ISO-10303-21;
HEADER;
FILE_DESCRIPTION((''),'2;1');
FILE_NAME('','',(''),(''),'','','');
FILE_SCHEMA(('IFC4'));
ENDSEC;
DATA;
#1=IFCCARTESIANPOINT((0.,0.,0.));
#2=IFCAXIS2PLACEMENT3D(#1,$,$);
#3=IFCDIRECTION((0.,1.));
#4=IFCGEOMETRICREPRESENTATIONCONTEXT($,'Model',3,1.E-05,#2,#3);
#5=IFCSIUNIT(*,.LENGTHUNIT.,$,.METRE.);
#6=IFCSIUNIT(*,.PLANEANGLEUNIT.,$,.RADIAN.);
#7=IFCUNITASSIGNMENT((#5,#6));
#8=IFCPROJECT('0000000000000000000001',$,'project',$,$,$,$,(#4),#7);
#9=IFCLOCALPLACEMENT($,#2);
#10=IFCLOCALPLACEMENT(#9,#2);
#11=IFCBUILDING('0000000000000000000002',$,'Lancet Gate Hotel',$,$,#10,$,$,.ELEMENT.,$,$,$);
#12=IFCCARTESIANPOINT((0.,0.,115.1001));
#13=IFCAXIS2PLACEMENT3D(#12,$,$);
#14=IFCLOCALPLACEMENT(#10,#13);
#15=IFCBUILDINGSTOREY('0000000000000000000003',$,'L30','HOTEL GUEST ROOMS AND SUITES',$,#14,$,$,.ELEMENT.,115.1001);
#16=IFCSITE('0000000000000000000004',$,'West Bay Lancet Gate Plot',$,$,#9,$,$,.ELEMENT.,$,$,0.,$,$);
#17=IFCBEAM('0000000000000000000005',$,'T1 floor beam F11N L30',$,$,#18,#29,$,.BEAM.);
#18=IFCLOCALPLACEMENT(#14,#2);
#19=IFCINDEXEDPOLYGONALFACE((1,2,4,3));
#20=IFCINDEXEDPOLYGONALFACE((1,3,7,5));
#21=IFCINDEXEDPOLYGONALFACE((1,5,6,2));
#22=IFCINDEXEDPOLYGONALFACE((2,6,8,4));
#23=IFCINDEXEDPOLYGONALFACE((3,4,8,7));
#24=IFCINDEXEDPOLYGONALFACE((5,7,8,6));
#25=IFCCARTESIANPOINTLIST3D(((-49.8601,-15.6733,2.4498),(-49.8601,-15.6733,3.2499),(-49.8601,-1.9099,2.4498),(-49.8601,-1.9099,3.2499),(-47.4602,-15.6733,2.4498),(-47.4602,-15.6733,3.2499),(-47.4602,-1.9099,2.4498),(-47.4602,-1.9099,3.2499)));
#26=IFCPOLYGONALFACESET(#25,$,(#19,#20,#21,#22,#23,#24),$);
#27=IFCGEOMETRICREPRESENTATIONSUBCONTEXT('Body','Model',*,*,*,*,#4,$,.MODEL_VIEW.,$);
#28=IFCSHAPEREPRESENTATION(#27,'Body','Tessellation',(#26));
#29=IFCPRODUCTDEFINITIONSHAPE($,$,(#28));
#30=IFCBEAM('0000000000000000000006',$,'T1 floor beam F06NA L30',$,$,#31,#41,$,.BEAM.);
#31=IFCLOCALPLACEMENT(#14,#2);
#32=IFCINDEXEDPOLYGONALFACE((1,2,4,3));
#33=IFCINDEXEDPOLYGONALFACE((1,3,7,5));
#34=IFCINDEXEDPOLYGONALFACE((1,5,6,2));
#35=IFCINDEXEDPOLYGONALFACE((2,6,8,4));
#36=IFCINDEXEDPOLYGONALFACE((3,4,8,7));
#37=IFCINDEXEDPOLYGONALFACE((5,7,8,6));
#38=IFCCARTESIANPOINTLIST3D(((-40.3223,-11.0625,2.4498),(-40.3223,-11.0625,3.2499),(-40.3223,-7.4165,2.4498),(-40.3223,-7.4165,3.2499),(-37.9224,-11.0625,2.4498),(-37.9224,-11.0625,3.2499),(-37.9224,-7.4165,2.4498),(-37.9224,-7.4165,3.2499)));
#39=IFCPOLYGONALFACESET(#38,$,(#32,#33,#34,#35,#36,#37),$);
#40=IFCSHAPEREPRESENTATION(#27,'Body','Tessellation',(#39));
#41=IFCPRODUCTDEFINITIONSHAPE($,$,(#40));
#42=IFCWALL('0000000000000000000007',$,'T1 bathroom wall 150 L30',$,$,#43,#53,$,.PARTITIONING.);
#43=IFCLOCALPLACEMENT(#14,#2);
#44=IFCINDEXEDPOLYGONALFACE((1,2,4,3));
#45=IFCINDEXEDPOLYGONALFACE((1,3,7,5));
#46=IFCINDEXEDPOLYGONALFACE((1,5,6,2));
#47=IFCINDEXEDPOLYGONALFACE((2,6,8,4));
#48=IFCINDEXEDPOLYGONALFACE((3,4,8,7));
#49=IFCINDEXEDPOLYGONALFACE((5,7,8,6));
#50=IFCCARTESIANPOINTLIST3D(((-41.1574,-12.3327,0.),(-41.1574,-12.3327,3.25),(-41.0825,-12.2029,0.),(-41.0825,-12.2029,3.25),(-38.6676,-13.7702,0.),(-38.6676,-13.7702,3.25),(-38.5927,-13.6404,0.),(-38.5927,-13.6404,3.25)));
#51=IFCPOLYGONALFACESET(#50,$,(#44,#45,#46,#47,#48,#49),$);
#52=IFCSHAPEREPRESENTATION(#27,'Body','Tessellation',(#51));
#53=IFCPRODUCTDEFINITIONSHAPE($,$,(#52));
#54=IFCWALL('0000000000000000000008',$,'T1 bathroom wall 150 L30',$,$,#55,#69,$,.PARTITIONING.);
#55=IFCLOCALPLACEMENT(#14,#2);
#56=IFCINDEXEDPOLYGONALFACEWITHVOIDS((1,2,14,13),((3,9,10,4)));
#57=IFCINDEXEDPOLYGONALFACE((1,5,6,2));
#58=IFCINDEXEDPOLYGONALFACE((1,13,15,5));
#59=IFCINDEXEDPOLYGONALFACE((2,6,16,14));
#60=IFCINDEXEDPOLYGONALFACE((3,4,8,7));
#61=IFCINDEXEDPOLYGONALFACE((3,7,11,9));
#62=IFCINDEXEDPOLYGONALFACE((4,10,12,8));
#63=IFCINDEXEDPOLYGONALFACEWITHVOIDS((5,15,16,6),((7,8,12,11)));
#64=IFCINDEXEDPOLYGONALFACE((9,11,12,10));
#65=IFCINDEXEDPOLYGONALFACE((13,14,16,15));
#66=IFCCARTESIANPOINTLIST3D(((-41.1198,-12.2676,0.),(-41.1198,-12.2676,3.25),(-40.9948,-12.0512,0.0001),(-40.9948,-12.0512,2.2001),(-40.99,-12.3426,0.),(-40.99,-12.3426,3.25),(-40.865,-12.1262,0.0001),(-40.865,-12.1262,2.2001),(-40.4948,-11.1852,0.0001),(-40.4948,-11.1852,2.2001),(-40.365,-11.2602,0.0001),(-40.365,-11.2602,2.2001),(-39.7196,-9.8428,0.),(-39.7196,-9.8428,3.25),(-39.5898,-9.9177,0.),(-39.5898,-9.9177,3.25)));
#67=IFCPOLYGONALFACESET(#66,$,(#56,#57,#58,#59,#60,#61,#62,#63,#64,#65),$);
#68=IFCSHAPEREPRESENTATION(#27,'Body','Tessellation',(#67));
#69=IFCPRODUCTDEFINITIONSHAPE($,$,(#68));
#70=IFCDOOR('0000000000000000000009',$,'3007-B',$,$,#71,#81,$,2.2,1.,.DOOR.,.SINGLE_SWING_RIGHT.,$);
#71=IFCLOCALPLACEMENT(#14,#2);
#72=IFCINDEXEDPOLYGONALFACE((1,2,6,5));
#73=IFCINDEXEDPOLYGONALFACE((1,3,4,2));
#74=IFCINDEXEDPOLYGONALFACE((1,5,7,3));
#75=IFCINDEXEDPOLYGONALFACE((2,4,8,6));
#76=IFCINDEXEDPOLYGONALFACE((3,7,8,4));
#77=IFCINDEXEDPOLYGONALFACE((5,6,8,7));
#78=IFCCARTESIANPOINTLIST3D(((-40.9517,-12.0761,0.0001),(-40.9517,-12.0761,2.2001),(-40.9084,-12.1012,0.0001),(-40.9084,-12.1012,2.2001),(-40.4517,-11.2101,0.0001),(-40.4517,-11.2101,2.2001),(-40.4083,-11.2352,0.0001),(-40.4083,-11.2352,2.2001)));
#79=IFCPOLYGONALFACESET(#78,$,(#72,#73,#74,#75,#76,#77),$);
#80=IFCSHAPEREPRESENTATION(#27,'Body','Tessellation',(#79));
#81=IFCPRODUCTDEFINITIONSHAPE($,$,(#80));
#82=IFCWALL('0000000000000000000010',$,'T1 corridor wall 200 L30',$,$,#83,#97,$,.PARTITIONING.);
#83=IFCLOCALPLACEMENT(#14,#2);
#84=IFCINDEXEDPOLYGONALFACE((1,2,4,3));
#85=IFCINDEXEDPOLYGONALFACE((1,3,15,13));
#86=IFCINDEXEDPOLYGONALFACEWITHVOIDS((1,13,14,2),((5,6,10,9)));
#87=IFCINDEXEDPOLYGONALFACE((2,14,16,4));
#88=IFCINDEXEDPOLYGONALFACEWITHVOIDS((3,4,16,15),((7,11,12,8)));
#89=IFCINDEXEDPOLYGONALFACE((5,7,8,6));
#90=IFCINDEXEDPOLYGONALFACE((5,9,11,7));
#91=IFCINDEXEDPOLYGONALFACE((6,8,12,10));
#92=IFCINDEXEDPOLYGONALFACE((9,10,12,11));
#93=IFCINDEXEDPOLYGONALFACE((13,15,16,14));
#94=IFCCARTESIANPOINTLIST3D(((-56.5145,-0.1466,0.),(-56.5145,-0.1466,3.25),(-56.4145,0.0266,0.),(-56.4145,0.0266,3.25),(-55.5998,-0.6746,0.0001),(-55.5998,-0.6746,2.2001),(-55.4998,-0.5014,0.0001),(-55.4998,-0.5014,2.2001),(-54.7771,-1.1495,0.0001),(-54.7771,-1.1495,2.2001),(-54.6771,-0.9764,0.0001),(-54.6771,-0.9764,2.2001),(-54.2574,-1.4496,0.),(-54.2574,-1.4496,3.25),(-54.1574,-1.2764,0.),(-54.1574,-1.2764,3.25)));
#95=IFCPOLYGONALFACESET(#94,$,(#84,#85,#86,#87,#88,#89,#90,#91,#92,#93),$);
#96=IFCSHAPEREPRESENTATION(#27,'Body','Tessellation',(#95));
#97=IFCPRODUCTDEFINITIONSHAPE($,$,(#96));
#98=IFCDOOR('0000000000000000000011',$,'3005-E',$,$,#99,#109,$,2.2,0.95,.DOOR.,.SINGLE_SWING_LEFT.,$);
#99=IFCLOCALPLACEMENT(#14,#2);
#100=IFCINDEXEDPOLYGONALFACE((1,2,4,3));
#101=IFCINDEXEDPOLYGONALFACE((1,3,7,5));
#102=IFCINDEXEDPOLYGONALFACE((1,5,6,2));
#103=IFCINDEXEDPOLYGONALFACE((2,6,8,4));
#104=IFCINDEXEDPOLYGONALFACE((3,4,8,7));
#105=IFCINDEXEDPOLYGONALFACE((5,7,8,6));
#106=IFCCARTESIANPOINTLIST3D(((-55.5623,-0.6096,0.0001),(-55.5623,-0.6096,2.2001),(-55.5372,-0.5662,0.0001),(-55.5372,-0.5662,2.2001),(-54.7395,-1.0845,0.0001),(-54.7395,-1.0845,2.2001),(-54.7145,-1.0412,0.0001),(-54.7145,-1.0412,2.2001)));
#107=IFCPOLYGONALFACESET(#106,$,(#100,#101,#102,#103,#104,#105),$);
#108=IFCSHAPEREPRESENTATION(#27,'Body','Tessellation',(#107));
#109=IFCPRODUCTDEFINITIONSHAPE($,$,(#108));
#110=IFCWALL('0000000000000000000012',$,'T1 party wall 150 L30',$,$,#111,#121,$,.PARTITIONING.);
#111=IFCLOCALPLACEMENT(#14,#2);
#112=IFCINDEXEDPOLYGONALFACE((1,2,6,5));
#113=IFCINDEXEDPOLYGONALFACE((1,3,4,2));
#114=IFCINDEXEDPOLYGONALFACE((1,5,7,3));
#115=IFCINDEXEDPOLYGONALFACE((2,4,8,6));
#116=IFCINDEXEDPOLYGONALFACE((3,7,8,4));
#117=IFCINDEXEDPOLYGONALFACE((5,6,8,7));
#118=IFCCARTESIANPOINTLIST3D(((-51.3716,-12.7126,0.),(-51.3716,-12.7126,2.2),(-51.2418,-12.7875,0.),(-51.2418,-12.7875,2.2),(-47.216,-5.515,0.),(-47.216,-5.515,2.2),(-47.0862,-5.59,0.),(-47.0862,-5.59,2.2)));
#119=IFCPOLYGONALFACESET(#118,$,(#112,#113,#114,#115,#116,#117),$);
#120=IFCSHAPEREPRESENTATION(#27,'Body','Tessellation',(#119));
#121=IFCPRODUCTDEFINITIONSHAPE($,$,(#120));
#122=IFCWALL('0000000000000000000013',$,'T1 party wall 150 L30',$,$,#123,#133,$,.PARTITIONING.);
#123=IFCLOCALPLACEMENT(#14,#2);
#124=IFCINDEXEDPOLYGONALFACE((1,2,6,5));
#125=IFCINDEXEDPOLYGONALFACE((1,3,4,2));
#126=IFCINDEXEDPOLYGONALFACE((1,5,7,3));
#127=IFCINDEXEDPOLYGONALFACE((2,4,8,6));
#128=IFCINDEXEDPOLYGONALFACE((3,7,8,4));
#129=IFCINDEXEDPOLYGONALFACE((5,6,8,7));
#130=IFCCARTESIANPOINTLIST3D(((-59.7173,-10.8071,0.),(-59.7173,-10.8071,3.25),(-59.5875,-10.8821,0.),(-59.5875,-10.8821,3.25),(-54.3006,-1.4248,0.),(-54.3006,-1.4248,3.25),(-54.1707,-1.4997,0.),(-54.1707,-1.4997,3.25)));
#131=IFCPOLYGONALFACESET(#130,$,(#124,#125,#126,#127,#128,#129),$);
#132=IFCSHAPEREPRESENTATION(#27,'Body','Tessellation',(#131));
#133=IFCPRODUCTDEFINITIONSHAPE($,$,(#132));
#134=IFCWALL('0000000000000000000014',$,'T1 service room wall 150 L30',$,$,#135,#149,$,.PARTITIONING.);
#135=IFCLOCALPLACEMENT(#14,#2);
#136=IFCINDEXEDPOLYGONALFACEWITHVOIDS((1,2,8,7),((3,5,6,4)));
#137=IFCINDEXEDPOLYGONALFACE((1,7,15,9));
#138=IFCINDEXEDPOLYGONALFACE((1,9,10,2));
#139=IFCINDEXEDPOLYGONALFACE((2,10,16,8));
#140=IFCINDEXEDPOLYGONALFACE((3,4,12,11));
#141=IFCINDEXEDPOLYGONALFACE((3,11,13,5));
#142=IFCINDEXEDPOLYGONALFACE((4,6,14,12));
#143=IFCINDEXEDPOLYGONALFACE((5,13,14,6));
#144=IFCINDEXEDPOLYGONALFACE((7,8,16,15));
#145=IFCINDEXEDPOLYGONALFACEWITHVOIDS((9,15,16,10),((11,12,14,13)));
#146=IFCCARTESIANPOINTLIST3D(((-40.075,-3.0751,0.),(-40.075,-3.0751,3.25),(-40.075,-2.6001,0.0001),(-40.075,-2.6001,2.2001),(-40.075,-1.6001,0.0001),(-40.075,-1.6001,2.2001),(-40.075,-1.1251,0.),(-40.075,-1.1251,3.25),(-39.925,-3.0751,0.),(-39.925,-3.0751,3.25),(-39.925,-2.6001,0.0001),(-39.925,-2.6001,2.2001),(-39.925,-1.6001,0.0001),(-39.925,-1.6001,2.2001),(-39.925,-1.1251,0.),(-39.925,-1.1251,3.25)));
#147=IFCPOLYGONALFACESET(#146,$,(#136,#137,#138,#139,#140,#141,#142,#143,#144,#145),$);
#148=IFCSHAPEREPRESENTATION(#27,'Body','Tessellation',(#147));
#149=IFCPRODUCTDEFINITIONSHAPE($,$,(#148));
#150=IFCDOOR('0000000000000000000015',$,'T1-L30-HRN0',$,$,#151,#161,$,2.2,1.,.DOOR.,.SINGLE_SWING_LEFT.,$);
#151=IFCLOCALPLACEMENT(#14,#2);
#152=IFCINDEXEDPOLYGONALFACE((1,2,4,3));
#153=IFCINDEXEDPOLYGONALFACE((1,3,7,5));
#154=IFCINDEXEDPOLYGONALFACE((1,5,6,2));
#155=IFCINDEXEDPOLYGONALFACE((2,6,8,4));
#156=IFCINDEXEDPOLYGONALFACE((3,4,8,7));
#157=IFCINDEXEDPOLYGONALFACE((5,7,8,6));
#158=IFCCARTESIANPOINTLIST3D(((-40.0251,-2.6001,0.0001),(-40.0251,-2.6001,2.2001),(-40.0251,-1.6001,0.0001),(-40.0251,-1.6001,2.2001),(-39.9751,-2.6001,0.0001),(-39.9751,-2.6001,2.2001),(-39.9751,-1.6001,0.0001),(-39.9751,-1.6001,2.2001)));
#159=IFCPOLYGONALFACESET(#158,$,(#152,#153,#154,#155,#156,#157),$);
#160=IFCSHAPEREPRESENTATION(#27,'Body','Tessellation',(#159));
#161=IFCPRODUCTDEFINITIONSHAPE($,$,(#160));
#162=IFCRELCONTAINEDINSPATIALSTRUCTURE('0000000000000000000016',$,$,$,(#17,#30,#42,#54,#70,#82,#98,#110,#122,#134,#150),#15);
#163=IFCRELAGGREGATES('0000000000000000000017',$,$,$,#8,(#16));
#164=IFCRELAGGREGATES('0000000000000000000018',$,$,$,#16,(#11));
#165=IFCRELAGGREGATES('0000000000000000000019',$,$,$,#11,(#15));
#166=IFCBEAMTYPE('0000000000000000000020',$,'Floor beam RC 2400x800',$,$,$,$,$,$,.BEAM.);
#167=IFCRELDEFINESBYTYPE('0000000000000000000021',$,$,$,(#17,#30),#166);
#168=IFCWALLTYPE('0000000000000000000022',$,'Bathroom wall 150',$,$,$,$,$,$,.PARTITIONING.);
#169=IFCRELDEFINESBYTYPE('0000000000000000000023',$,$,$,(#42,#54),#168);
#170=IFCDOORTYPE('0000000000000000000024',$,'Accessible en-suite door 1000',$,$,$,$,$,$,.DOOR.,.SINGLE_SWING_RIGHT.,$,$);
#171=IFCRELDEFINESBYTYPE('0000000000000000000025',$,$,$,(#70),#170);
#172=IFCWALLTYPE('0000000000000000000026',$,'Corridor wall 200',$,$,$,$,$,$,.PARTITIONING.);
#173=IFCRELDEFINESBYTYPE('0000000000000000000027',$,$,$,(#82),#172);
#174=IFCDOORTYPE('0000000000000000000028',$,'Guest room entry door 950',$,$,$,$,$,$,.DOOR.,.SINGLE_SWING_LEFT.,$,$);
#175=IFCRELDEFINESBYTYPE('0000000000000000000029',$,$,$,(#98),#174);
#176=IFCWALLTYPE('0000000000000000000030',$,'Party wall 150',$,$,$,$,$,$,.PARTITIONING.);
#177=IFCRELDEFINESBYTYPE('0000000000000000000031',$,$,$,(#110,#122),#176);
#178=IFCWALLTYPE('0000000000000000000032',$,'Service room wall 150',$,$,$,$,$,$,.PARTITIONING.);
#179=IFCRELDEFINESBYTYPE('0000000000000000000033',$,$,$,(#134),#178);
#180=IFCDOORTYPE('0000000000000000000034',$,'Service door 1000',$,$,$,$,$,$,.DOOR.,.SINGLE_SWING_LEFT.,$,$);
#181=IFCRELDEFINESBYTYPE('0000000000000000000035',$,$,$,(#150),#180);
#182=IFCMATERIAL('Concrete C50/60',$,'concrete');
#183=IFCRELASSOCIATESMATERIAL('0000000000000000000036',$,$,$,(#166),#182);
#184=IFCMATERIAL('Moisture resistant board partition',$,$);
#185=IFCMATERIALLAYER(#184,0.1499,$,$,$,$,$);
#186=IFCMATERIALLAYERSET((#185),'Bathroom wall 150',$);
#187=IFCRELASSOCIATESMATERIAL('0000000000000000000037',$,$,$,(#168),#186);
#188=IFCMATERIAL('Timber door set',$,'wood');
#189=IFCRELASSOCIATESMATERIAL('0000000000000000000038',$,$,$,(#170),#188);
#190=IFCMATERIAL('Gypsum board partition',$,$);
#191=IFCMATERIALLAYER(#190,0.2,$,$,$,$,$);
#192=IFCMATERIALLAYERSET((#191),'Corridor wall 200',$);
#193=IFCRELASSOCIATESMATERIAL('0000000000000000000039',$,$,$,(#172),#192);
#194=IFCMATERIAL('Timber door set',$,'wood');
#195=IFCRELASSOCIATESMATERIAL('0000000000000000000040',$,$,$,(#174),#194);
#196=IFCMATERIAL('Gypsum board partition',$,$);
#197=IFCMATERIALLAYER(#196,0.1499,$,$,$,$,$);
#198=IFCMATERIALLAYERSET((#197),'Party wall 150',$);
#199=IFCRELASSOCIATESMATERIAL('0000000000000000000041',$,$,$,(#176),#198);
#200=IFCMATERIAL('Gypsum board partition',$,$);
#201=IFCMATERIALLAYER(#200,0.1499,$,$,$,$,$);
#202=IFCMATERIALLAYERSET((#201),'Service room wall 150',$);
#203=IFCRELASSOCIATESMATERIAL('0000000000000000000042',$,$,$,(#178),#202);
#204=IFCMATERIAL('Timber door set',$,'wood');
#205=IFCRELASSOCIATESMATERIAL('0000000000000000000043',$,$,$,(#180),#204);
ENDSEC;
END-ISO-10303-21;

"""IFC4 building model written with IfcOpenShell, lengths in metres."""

from ifc_helpers import new_model, si_unit, direction, frame, frame_2d, origin, origin_2d, place, context, subcontext, project, spatial, rectangle, extrude, material, layer, layer_set, material_profile, profile_set, type_object, element, fill, save


model = new_model("IFC4")

# Units and contexts
model_context = context("Model", 3, precision=1e-05, world=origin(), true_north=direction((0.0, 1.0)))
body_context = subcontext(model_context, "Body", "Model", "MODEL_VIEW")
ifc_project = project(units=[si_unit("LENGTHUNIT", "METRE"), si_unit("PLANEANGLEUNIT", "RADIAN")], contexts=[model_context])

# Site, building, storey
site_placement = place(None, origin())
site = spatial("IfcSite", under=ifc_project, at=site_placement, Name="West Bay Lancet Gate Plot", CompositionType="ELEMENT", RefElevation=0.0)
building_placement = place(site_placement, origin())
building = spatial("IfcBuilding", under=site, at=building_placement, Name="Lancet Gate Hotel", CompositionType="ELEMENT")
storey_placement = place(building_placement, frame((0.0, 0.0, 115.1001)))
storey = spatial("IfcBuildingStorey", under=building, at=storey_placement, Name="L30", Description="HOTEL GUEST ROOMS AND SUITES", CompositionType="ELEMENT", Elevation=115.1001)

# Beams
ifc_material_1 = material(Name="Concrete C50/60", Category="concrete")
ifc_material_profile_1 = material_profile(ifc_material_1, rectangle(XDim=2.3999, YDim=0.8, at=origin_2d()), Name="RC 2400x800")
ifc_profile_set_1 = profile_set([ifc_material_profile_1], Name="Concrete C50/60")
beam_type_1 = type_object("IfcBeamType", Name="Floor beam RC 2400x800", PredefinedType="BEAM", material=ifc_profile_set_1)
beam_1_placement = place(storey_placement, frame((-48.6602, -1.9099, 2.8499), z_axis=(0.0, -1.0, 0.0), x_axis=(1.0, 0.0, 0.0)))
element("IfcBeam", 1, at=beam_1_placement, inside=storey, type_object=beam_type_1, Name="T1 floor beam F11N L30", PredefinedType="BEAM", context=body_context, shape_type="SweptSolid", body=[
    extrude(rectangle(XDim=2.3999, YDim=0.8, at=origin_2d()), origin(), (0.0, 0.0, 1.0), 13.7634),
])
beam_2_placement = place(storey_placement, frame((-39.1223, -7.4165, 2.8499), z_axis=(0.0, -1.0, 0.0), x_axis=(1.0, 0.0, 0.0)))
element("IfcBeam", 2, at=beam_2_placement, inside=storey, type_object=beam_type_1, Name="T1 floor beam F06NA L30", PredefinedType="BEAM", context=body_context, shape_type="SweptSolid", body=[
    extrude(rectangle(XDim=2.3999, YDim=0.8, at=origin_2d()), origin(), (0.0, 0.0, 1.0), 3.646),
])

# Wall
ifc_material_2 = material(Name="Moisture resistant board partition")
ifc_layer_1 = layer(ifc_material_2, 0.1499)
ifc_layer_set_1 = layer_set([ifc_layer_1], Name="Bathroom wall 150")
wall_type_1 = type_object("IfcWallType", Name="Bathroom wall 150", PredefinedType="PARTITIONING", material=ifc_layer_set_1)
wall_1_placement = place(storey_placement, frame((-38.6301, -13.7053, 0.0), z_axis=(0.0, 0.0, 1.0), x_axis=(-0.866019, 0.500012, 0.0)))
element("IfcWall", 3, at=wall_1_placement, inside=storey, type_object=wall_type_1, Name="T1 bathroom wall 150 L30", PredefinedType="PARTITIONING", context=body_context, shape_type="SweptSolid", body=[
    extrude(rectangle(XDim=2.875, YDim=0.1499, at=frame_2d((1.4375, 0.0))), origin(), (0.0, 0.0, 1.0), 3.25),
])

# Walls, openings, doors
wall_2_placement = place(storey_placement, frame((-39.6548, -9.8804, 0.0), z_axis=(0.0, 0.0, 1.0), x_axis=(-0.50005, -0.865997, 0.0)))
wall_2 = element("IfcWall", 4, at=wall_2_placement, inside=storey, type_object=wall_type_1, Name="T1 bathroom wall 150 L30", PredefinedType="PARTITIONING", context=body_context, shape_type="SweptSolid", body=[
    extrude(rectangle(XDim=2.8, YDim=0.1499, at=frame_2d((1.3999, 0.0))), origin(), (0.0, 0.0, 1.0), 3.25),
])
opening_1_placement = place(wall_2_placement, frame((1.55, 0.0, 0.0)))
opening_1 = element("IfcOpeningElement", 5, at=opening_1_placement, cuts=wall_2, PredefinedType="OPENING", context=body_context, shape_type="SweptSolid", body=[
    extrude(rectangle(XDim=1.0, YDim=2.2, at=frame_2d((0.5, 1.1001))), frame((0.0, 0.085, 0.0), z_axis=(0.0, -1.0, 0.0), x_axis=(1.0, 0.0, 0.0)), (0.0, 0.0, 1.0), 0.1699),
])
ifc_material_3 = material(Name="Timber door set", Category="wood")
door_type_1 = type_object("IfcDoorType", Name="Accessible en-suite door 1000", OperationType="SINGLE_SWING_RIGHT", PredefinedType="DOOR", material=ifc_material_3)
door_1_placement = place(opening_1_placement, origin())
door_1 = element("IfcDoor", 6, at=door_1_placement, inside=storey, type_object=door_type_1, Name="3007-B", OperationType="SINGLE_SWING_RIGHT", OverallHeight=2.2, OverallWidth=1.0, PredefinedType="DOOR", context=body_context, shape_type="SweptSolid", body=[
    extrude(rectangle(XDim=1.0, YDim=2.2, at=frame_2d((0.5, 1.1001))), frame((0.0, 0.0249, 0.0), z_axis=(0.0, -1.0, 0.0), x_axis=(1.0, 0.0, 0.0)), (0.0, 0.0, 1.0), 0.05),
])
fill(opening_1, door_1)
ifc_material_4 = material(Name="Gypsum board partition")
ifc_layer_2 = layer(ifc_material_4, 0.2)
ifc_layer_set_2 = layer_set([ifc_layer_2], Name="Corridor wall 200")
wall_type_2 = type_object("IfcWallType", Name="Corridor wall 200", PredefinedType="PARTITIONING", material=ifc_layer_set_2)
wall_3_placement = place(storey_placement, frame((-54.2073, -1.363, 0.0), z_axis=(0.0, 0.0, 1.0), x_axis=(-0.86605, 0.499958, 0.0)))
wall_3 = element("IfcWall", 7, at=wall_3_placement, inside=storey, type_object=wall_type_2, Name="T1 corridor wall 200 L30", PredefinedType="PARTITIONING", context=body_context, shape_type="SweptSolid", body=[
    extrude(rectangle(XDim=2.6062, YDim=0.2, at=frame_2d((1.3032, 0.0))), origin(), (0.0, 0.0, 1.0), 3.25),
])
opening_2_placement = place(wall_3_placement, frame((0.6001, 0.0, 0.0)))
opening_2 = element("IfcOpeningElement", 8, at=opening_2_placement, cuts=wall_3, PredefinedType="OPENING", context=body_context, shape_type="SweptSolid", body=[
    extrude(rectangle(XDim=0.95, YDim=2.2, at=frame_2d((0.4751, 1.1001))), frame((0.0, 0.1099, 0.0), z_axis=(0.0, -1.0, 0.0), x_axis=(1.0, 0.0, 0.0)), (0.0, 0.0, 1.0), 0.22),
])
ifc_material_5 = material(Name="Timber door set", Category="wood")
door_type_2 = type_object("IfcDoorType", Name="Guest room entry door 950", OperationType="SINGLE_SWING_LEFT", PredefinedType="DOOR", material=ifc_material_5)
door_2_placement = place(opening_2_placement, origin())
door_2 = element("IfcDoor", 9, at=door_2_placement, inside=storey, type_object=door_type_2, Name="3005-E", OperationType="SINGLE_SWING_LEFT", OverallHeight=2.2, OverallWidth=0.95, PredefinedType="DOOR", context=body_context, shape_type="SweptSolid", body=[
    extrude(rectangle(XDim=0.95, YDim=2.2, at=frame_2d((0.4751, 1.1001))), frame((0.0, 0.0249, 0.0), z_axis=(0.0, -1.0, 0.0), x_axis=(1.0, 0.0, 0.0)), (0.0, 0.0, 1.0), 0.05),
])
fill(opening_2, door_2)

# Walls
ifc_material_6 = material(Name="Gypsum board partition")
ifc_layer_3 = layer(ifc_material_6, 0.1499)
ifc_layer_set_3 = layer_set([ifc_layer_3], Name="Party wall 150")
wall_type_3 = type_object("IfcWallType", Name="Party wall 150", PredefinedType="PARTITIONING", material=ifc_layer_set_3)
wall_4_placement = place(storey_placement, frame((-47.1511, -5.5525, 0.0), z_axis=(0.0, 0.0, 1.0), x_axis=(-0.500003, -0.866024, 0.0)))
element("IfcWall", 10, at=wall_4_placement, inside=storey, type_object=wall_type_3, Name="T1 party wall 150 L30", PredefinedType="PARTITIONING", context=body_context, shape_type="SweptSolid", body=[
    extrude(rectangle(XDim=8.311, YDim=0.1499, at=frame_2d((4.1555, 0.0))), origin(), (0.0, 0.0, 1.0), 2.2),
])
wall_5_placement = place(storey_placement, frame((-54.2356, -1.4622, 0.0), z_axis=(0.0, 0.0, 1.0), x_axis=(-0.49999, -0.866031, 0.0)))
element("IfcWall", 11, at=wall_5_placement, inside=storey, type_object=wall_type_3, Name="T1 party wall 150 L30", PredefinedType="PARTITIONING", context=body_context, shape_type="SweptSolid", body=[
    extrude(rectangle(XDim=10.8337, YDim=0.1499, at=frame_2d((5.417, 0.0))), origin(), (0.0, 0.0, 1.0), 3.25),
])

# Wall, opening, door
ifc_material_7 = material(Name="Gypsum board partition")
ifc_layer_4 = layer(ifc_material_7, 0.1499)
ifc_layer_set_4 = layer_set([ifc_layer_4], Name="Service room wall 150")
wall_type_4 = type_object("IfcWallType", Name="Service room wall 150", PredefinedType="PARTITIONING", material=ifc_layer_set_4)
wall_6_placement = place(storey_placement, frame((-40.0, -1.125, 0.0), z_axis=(0.0, 0.0, 1.0), x_axis=(0.0, -1.0, 0.0)))
wall_6 = element("IfcWall", 12, at=wall_6_placement, inside=storey, type_object=wall_type_4, Name="T1 service room wall 150 L30", PredefinedType="PARTITIONING", context=body_context, shape_type="SweptSolid", body=[
    extrude(rectangle(XDim=1.95, YDim=0.1499, at=frame_2d((0.9751, 0.0))), origin(), (0.0, 0.0, 1.0), 3.25),
])
opening_3_placement = place(wall_6_placement, frame((0.4751, 0.0, 0.0)))
opening_3 = element("IfcOpeningElement", 13, at=opening_3_placement, cuts=wall_6, PredefinedType="OPENING", context=body_context, shape_type="SweptSolid", body=[
    extrude(rectangle(XDim=1.0, YDim=2.2, at=frame_2d((0.5, 1.1001))), frame((0.0, 0.085, 0.0), z_axis=(0.0, -1.0, 0.0), x_axis=(1.0, 0.0, 0.0)), (0.0, 0.0, 1.0), 0.1699),
])
ifc_material_8 = material(Name="Timber door set", Category="wood")
door_type_3 = type_object("IfcDoorType", Name="Service door 1000", OperationType="SINGLE_SWING_LEFT", PredefinedType="DOOR", material=ifc_material_8)
door_3_placement = place(opening_3_placement, origin())
door_3 = element("IfcDoor", 14, at=door_3_placement, inside=storey, type_object=door_type_3, Name="T1-L30-HRN0", OperationType="SINGLE_SWING_LEFT", OverallHeight=2.2, OverallWidth=1.0, PredefinedType="DOOR", context=body_context, shape_type="SweptSolid", body=[
    extrude(rectangle(XDim=1.0, YDim=2.2, at=frame_2d((0.5, 1.1001))), frame((0.0, 0.0249, 0.0), z_axis=(0.0, -1.0, 0.0), x_axis=(1.0, 0.0, 0.0)), (0.0, 0.0, 1.0), 0.05),
])
fill(opening_3, door_3)

save(model, "model.ifc")
